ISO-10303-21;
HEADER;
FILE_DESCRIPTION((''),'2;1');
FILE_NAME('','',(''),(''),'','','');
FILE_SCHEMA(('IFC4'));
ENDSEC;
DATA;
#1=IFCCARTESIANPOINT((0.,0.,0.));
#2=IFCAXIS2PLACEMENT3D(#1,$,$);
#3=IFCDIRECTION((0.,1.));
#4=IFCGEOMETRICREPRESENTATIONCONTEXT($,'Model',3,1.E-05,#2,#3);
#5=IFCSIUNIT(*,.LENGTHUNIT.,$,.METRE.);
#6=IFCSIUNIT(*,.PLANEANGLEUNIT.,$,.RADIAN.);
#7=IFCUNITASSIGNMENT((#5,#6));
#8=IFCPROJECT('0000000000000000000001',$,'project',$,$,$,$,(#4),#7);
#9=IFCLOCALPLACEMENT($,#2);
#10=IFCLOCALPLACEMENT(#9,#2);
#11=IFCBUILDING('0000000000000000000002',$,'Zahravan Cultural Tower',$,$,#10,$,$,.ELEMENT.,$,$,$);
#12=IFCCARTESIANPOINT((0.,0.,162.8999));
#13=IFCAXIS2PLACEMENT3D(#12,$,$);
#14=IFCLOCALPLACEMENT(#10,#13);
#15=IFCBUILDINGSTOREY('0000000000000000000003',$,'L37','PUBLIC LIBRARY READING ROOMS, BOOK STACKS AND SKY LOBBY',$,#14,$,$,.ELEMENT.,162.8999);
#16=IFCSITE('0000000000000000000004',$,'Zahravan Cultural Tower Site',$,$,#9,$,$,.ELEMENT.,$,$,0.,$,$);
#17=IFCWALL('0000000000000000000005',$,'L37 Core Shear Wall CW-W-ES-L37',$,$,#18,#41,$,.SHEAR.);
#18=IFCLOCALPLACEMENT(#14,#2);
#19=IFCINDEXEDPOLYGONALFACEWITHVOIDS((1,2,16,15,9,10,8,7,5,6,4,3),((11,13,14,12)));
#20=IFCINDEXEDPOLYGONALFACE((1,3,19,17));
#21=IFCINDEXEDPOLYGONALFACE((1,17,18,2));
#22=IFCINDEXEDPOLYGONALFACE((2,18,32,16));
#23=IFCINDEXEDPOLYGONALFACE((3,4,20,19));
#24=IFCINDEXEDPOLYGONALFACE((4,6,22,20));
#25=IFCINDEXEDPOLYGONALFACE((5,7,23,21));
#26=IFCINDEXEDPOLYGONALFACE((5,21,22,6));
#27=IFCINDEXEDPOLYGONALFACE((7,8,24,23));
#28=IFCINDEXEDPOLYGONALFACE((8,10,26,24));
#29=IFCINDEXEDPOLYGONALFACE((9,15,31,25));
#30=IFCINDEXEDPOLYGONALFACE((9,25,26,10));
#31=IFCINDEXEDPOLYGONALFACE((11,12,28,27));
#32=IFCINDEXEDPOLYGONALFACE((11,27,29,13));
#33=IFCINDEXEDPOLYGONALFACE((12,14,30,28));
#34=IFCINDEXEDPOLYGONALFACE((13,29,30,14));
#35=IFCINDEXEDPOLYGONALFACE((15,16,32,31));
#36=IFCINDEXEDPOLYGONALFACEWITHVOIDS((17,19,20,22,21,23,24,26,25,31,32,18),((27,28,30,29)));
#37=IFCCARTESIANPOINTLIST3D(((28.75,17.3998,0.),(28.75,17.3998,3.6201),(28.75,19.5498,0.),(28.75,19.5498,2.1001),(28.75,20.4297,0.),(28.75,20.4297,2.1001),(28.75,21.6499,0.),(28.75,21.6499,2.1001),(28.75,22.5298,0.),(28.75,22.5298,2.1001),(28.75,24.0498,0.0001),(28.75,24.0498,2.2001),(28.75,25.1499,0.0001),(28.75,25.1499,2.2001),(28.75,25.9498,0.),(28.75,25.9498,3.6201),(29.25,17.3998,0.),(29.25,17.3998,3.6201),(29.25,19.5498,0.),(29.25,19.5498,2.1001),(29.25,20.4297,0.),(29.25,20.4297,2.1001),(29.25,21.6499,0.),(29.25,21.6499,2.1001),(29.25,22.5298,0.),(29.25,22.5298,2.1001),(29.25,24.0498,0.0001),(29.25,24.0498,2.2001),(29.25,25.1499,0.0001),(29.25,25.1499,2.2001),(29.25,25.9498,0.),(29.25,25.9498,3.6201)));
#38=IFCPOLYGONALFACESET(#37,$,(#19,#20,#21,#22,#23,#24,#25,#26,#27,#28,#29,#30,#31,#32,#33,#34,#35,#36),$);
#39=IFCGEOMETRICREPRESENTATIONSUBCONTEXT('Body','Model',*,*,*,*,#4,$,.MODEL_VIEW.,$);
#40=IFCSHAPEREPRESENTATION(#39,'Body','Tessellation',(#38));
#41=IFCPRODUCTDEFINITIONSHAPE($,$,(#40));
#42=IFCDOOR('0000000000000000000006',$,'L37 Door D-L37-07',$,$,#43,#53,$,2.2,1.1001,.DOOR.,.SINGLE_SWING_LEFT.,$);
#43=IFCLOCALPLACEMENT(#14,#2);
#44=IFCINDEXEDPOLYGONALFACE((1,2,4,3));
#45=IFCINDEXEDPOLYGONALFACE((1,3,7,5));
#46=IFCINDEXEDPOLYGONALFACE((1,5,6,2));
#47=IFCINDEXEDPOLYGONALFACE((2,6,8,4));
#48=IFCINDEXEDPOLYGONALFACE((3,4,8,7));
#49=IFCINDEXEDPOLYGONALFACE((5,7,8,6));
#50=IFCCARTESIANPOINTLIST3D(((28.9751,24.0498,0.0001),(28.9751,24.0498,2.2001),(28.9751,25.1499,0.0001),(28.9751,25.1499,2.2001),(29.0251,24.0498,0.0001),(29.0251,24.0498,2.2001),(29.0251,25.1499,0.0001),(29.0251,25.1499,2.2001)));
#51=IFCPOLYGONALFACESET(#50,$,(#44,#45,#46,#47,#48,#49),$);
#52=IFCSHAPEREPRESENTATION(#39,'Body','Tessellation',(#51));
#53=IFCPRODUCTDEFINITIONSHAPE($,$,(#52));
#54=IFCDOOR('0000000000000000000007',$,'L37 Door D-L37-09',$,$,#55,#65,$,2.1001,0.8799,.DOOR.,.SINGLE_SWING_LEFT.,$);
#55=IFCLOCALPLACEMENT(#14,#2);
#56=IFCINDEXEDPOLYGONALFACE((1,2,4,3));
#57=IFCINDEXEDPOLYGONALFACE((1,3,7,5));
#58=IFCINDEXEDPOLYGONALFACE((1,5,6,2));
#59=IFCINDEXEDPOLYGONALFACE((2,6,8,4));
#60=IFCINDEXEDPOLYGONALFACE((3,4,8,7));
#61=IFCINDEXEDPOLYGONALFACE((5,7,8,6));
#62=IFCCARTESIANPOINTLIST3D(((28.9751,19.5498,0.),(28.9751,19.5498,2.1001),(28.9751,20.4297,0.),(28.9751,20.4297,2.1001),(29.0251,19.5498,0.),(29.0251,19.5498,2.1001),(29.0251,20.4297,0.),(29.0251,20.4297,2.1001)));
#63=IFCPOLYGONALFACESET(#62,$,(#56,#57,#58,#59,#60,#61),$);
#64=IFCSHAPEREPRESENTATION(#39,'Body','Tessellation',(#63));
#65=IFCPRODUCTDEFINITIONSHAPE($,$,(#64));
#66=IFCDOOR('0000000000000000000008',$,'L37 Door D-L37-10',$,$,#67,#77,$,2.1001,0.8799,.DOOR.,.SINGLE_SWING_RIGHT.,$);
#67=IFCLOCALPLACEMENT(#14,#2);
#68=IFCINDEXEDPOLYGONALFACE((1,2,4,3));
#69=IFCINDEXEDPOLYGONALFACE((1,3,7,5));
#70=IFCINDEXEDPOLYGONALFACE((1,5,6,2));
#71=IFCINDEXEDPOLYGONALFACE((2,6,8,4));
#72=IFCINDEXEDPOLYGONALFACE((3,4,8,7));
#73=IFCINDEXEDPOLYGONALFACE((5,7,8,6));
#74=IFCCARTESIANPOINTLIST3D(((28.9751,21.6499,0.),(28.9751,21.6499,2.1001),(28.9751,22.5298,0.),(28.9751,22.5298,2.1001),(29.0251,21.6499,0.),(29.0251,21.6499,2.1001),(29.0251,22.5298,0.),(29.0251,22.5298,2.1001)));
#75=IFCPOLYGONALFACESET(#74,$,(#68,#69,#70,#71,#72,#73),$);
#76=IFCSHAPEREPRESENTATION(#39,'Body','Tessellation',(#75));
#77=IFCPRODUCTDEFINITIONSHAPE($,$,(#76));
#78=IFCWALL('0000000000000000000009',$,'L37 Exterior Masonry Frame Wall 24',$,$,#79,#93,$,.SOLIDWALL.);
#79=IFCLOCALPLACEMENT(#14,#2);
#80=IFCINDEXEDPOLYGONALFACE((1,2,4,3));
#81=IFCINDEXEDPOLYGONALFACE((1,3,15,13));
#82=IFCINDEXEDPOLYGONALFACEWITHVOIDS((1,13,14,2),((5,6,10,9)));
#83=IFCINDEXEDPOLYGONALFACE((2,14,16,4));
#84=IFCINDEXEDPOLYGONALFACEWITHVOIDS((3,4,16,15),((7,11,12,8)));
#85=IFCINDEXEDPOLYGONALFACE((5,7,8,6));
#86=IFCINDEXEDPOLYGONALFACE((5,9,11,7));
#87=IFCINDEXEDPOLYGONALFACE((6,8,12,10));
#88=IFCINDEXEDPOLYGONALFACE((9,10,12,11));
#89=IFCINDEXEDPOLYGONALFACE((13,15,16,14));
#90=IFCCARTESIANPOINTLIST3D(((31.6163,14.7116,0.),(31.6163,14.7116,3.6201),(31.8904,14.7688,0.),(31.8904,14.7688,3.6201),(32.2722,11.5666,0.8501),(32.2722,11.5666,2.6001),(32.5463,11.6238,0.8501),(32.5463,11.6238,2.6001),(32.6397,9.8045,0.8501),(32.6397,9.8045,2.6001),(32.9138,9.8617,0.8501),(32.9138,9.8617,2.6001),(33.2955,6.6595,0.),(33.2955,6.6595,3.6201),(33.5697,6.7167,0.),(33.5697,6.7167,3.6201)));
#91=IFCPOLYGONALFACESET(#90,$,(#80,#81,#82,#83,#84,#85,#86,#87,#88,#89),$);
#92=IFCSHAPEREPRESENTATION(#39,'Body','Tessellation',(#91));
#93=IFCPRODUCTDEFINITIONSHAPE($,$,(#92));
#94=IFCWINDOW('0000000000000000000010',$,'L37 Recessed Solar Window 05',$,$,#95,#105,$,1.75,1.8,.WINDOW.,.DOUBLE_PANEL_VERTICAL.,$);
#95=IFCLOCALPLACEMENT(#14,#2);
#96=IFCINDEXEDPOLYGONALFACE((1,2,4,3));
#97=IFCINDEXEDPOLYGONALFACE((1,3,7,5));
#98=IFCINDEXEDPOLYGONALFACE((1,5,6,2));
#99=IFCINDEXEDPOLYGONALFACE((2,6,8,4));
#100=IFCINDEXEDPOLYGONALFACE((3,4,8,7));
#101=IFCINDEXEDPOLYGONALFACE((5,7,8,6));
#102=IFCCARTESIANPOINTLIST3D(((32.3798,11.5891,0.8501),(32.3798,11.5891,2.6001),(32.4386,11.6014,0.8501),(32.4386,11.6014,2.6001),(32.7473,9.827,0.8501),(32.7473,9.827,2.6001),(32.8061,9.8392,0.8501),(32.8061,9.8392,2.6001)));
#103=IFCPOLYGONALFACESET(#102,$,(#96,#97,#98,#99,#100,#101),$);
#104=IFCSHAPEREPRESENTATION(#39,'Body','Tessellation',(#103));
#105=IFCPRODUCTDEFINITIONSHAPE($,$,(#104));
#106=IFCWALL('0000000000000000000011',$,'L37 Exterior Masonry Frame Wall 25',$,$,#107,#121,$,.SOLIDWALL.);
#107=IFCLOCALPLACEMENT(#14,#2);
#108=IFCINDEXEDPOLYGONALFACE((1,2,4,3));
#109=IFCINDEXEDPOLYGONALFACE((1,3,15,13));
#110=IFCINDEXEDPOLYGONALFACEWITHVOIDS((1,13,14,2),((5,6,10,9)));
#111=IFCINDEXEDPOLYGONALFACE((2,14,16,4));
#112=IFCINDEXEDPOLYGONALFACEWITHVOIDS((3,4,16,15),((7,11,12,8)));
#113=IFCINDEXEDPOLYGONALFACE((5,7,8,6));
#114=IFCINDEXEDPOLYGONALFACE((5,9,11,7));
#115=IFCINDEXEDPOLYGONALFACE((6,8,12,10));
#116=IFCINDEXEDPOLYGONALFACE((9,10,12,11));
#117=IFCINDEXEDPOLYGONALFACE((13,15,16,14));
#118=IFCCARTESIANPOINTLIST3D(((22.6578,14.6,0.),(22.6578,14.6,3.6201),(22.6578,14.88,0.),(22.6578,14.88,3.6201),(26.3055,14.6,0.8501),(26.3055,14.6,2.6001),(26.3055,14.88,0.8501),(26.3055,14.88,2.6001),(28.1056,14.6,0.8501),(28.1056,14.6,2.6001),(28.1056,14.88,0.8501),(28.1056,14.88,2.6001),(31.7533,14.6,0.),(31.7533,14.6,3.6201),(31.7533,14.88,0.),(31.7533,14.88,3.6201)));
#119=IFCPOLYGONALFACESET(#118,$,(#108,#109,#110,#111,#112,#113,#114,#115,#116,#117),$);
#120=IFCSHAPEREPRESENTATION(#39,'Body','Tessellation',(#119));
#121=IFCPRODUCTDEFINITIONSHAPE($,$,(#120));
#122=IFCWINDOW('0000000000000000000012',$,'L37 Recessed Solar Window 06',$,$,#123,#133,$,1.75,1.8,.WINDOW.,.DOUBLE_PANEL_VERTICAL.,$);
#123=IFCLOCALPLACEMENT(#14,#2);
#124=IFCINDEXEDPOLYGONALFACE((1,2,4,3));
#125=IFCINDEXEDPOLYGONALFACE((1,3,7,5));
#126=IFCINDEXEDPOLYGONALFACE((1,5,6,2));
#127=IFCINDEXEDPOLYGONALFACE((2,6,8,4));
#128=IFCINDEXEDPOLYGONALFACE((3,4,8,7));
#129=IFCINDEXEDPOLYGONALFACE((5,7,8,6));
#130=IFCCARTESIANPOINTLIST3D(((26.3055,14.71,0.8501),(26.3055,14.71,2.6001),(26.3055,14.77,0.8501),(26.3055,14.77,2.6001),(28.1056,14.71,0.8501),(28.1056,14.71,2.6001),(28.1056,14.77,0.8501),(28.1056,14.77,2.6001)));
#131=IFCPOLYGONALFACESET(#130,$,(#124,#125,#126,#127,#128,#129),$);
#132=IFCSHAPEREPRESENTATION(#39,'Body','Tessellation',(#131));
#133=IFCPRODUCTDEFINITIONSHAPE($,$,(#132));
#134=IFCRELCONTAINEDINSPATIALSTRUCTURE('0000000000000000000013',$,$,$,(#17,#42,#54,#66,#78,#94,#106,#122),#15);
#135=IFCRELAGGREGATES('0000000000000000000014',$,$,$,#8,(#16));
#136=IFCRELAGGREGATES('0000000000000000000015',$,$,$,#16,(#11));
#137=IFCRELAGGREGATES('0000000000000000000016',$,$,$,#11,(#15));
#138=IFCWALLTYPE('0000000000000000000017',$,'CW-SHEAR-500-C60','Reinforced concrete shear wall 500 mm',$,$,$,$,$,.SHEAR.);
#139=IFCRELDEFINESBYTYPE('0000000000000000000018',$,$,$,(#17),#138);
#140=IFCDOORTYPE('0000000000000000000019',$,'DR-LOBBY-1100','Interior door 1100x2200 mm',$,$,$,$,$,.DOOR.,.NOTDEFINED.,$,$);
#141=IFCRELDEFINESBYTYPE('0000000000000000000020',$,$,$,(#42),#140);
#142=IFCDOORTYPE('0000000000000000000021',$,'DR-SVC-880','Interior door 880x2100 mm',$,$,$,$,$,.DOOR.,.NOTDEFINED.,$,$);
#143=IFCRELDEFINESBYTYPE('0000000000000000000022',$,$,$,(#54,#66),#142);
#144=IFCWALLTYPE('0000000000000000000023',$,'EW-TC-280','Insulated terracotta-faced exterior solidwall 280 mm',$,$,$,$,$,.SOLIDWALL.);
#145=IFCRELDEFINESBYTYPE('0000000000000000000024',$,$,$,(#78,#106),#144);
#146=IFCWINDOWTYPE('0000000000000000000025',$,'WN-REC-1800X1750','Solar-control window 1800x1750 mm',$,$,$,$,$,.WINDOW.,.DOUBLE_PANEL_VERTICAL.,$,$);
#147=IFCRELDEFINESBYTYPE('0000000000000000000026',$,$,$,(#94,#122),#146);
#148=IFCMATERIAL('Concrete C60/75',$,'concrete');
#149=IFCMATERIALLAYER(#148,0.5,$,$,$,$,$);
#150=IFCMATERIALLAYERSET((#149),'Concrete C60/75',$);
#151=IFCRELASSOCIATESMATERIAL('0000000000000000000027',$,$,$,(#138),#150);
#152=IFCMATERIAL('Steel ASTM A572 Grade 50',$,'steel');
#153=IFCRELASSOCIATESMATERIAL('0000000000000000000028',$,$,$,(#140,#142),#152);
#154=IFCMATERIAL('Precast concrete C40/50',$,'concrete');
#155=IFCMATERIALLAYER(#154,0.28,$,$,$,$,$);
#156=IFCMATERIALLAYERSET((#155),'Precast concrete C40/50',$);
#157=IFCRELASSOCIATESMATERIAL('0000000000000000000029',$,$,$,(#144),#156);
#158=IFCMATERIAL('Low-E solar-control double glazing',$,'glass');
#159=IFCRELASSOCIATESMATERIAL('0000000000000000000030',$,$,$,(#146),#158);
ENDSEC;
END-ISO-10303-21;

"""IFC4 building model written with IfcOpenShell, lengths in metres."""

from ifc_helpers import new_model, si_unit, direction, frame, frame_2d, origin, place, context, subcontext, project, spatial, rectangle, extrude, source, transform, mapped, material, layer, layer_set, type_object, element, fill, save


model = new_model("IFC4")

# Units and contexts
model_context = context("Model", 3, precision=1e-05, world=origin(), true_north=direction((0.0, 1.0)))
body_context = subcontext(model_context, "Body", "Model", "MODEL_VIEW")
ifc_project = project(units=[si_unit("LENGTHUNIT", "METRE"), si_unit("PLANEANGLEUNIT", "RADIAN")], contexts=[model_context])

# Site, building, storey
site_placement = place(None, origin())
site = spatial("IfcSite", under=ifc_project, at=site_placement, Name="Zahravan Cultural Tower Site", CompositionType="ELEMENT", RefElevation=0.0)
building_placement = place(site_placement, origin())
building = spatial("IfcBuilding", under=site, at=building_placement, Name="Zahravan Cultural Tower", CompositionType="ELEMENT")
storey_placement = place(building_placement, frame((0.0, 0.0, 162.8999)))
storey = spatial("IfcBuildingStorey", under=building, at=storey_placement, Name="L37", Description="PUBLIC LIBRARY READING ROOMS, BOOK STACKS AND SKY LOBBY", CompositionType="ELEMENT", Elevation=162.8999)

# Wall, openings, doors
ifc_material_1 = material(Name="Concrete C60/75", Category="concrete")
ifc_layer_1 = layer(ifc_material_1, 0.5)
ifc_layer_set_1 = layer_set([ifc_layer_1], Name="Concrete C60/75")
wall_type_1 = type_object("IfcWallType", Name="CW-SHEAR-500-C60", Description="Reinforced concrete shear wall 500 mm", PredefinedType="SHEAR", material=ifc_layer_set_1)
wall_1_placement = place(storey_placement, frame((29.0, 17.3999, 0.0), z_axis=(0.0, 0.0, 1.0), x_axis=(0.0, 1.0, 0.0)))
wall_1 = element("IfcWall", 1, at=wall_1_placement, inside=storey, type_object=wall_type_1, Name="L37 Core Shear Wall CW-W-ES-L37", PredefinedType="SHEAR", context=body_context, shape_type="SweptSolid", body=[
    extrude(rectangle(XDim=8.55, YDim=0.5, at=frame_2d((4.2749, 0.0))), origin(), (0.0, 0.0, 1.0), 3.6201),
])
opening_1_placement = place(wall_1_placement, frame((6.6499, 0.0, 0.0)))
opening_1 = element("IfcOpeningElement", 2, at=opening_1_placement, cuts=wall_1, PredefinedType="OPENING", context=body_context, shape_type="SweptSolid", body=[
    extrude(rectangle(XDim=1.1001, YDim=2.2, at=frame_2d((0.55, 1.1001))), frame((0.0, 0.26, 0.0), z_axis=(0.0, -1.0, 0.0), x_axis=(1.0, 0.0, 0.0)), (0.0, 0.0, 1.0), 0.52),
])
opening_2_placement = place(wall_1_placement, frame((2.1499, 0.0, 0.0)))
opening_2 = element("IfcOpeningElement", 3, at=opening_2_placement, cuts=wall_1, PredefinedType="OPENING", context=body_context, shape_type="SweptSolid", body=[
    extrude(rectangle(XDim=0.8799, YDim=2.1001, at=frame_2d((0.4399, 1.05))), frame((0.0, 0.26, 0.0), z_axis=(0.0, -1.0, 0.0), x_axis=(1.0, 0.0, 0.0)), (0.0, 0.0, 1.0), 0.52),
])
opening_3_placement = place(wall_1_placement, frame((4.25, 0.0, 0.0)))
opening_3 = element("IfcOpeningElement", 4, at=opening_3_placement, cuts=wall_1, PredefinedType="OPENING", context=body_context, shape_type="SweptSolid", body=[
    extrude(rectangle(XDim=0.8799, YDim=2.1001, at=frame_2d((0.4399, 1.05))), frame((0.0, 0.26, 0.0), z_axis=(0.0, -1.0, 0.0), x_axis=(1.0, 0.0, 0.0)), (0.0, 0.0, 1.0), 0.52),
])
ifc_material_2 = material(Name="Steel ASTM A572 Grade 50", Category="steel")
door_type_1 = type_object("IfcDoorType", Name="DR-LOBBY-1100", Description="Interior door 1100x2200 mm", OperationType="NOTDEFINED", PredefinedType="DOOR", material=ifc_material_2)
shared_shape_1 = source(origin(), body_context, "Body", "SweptSolid", [
    extrude(rectangle(XDim=1.1001, YDim=2.2, at=frame_2d((0.55, 1.1001))), frame((0.0, 0.0249, 0.0), z_axis=(0.0, -1.0, 0.0), x_axis=(1.0, 0.0, 0.0)), (0.0, 0.0, 1.0), 0.05),
])
door_1_placement = place(opening_1_placement, origin())
door_1 = element("IfcDoor", 5, at=door_1_placement, inside=storey, type_object=door_type_1, Name="L37 Door D-L37-07", OperationType="SINGLE_SWING_LEFT", OverallHeight=2.2, OverallWidth=1.1001, PredefinedType="DOOR", context=body_context, shape_type="MappedRepresentation", body=[
    mapped(shared_shape_1, transform((0.0, 0.0, 0.0), x_axis=(1.0, 0.0, 0.0), y_axis=(0.0, 1.0, 0.0), z_axis=(0.0, 0.0, 1.0), scale=1.0)),
])
fill(opening_1, door_1)
door_type_2 = type_object("IfcDoorType", Name="DR-SVC-880", Description="Interior door 880x2100 mm", OperationType="NOTDEFINED", PredefinedType="DOOR", material=ifc_material_2)
shared_shape_2 = source(origin(), body_context, "Body", "SweptSolid", [
    extrude(rectangle(XDim=0.8799, YDim=2.1001, at=frame_2d((0.4399, 1.05))), frame((0.0, 0.0249, 0.0), z_axis=(0.0, -1.0, 0.0), x_axis=(1.0, 0.0, 0.0)), (0.0, 0.0, 1.0), 0.05),
])
door_2_placement = place(opening_2_placement, origin())
door_2 = element("IfcDoor", 6, at=door_2_placement, inside=storey, type_object=door_type_2, Name="L37 Door D-L37-09", OperationType="SINGLE_SWING_LEFT", OverallHeight=2.1001, OverallWidth=0.8799, PredefinedType="DOOR", context=body_context, shape_type="MappedRepresentation", body=[
    mapped(shared_shape_2, transform((0.0, 0.0, 0.0), x_axis=(1.0, 0.0, 0.0), y_axis=(0.0, 1.0, 0.0), z_axis=(0.0, 0.0, 1.0), scale=1.0)),
])
fill(opening_2, door_2)
door_3_placement = place(opening_3_placement, origin())
door_3 = element("IfcDoor", 7, at=door_3_placement, inside=storey, type_object=door_type_2, Name="L37 Door D-L37-10", OperationType="SINGLE_SWING_RIGHT", OverallHeight=2.1001, OverallWidth=0.8799, PredefinedType="DOOR", context=body_context, shape_type="MappedRepresentation", body=[
    mapped(shared_shape_2, transform((0.0, 0.0, 0.0), x_axis=(1.0, 0.0, 0.0), y_axis=(0.0, 1.0, 0.0), z_axis=(0.0, 0.0, 1.0), scale=1.0)),
])
fill(opening_3, door_3)

# Walls, openings, windows
ifc_material_3 = material(Name="Precast concrete C40/50", Category="concrete")
ifc_layer_2 = layer(ifc_material_3, 0.28)
ifc_layer_set_2 = layer_set([ifc_layer_2], Name="Precast concrete C40/50")
wall_type_2 = type_object("IfcWallType", Name="EW-TC-280", Description="Insulated terracotta-faced exterior solidwall 280 mm", PredefinedType="SOLIDWALL", material=ifc_layer_set_2)
wall_2_placement = place(storey_placement, frame((33.4326, 6.688, 0.0), z_axis=(0.0, 0.0, 1.0), x_axis=(-0.204152, 0.978939, 0.0)))
wall_2 = element("IfcWall", 8, at=wall_2_placement, inside=storey, type_object=wall_type_2, Name="L37 Exterior Masonry Frame Wall 24", PredefinedType="SOLIDWALL", context=body_context, shape_type="SweptSolid", body=[
    extrude(rectangle(XDim=8.2253, YDim=0.28, at=frame_2d((4.1128, 0.0))), origin(), (0.0, 0.0, 1.0), 3.6201),
])
opening_4_placement = place(wall_2_placement, frame((3.2129, 0.0, 0.8501)))
opening_4 = element("IfcOpeningElement", 9, at=opening_4_placement, cuts=wall_2, PredefinedType="OPENING", context=body_context, shape_type="SweptSolid", body=[
    extrude(rectangle(XDim=1.8, YDim=1.75, at=frame_2d((0.8999, 0.875))), frame((0.0, 0.1499, 0.0), z_axis=(0.0, -1.0, 0.0), x_axis=(1.0, 0.0, 0.0)), (0.0, 0.0, 1.0), 0.3),
])
ifc_material_4 = material(Name="Low-E solar-control double glazing", Category="glass")
window_type = type_object("IfcWindowType", Name="WN-REC-1800X1750", Description="Solar-control window 1800x1750 mm", PartitioningType="DOUBLE_PANEL_VERTICAL", PredefinedType="WINDOW", material=ifc_material_4)
shared_shape_3 = source(origin(), body_context, "Body", "SweptSolid", [
    extrude(rectangle(XDim=1.8, YDim=1.75, at=frame_2d((0.8999, 0.875))), frame((0.0, 0.03, 0.0), z_axis=(0.0, -1.0, 0.0), x_axis=(1.0, 0.0, 0.0)), (0.0, 0.0, 1.0), 0.0601),
])
window_1_placement = place(opening_4_placement, origin())
window_1 = element("IfcWindow", 10, at=window_1_placement, inside=storey, type_object=window_type, Name="L37 Recessed Solar Window 05", OverallHeight=1.75, OverallWidth=1.8, PartitioningType="DOUBLE_PANEL_VERTICAL", PredefinedType="WINDOW", context=body_context, shape_type="MappedRepresentation", body=[
    mapped(shared_shape_3, transform((0.0, 0.0, 0.0), x_axis=(1.0, 0.0, 0.0), y_axis=(0.0, 1.0, 0.0), z_axis=(0.0, 0.0, 1.0), scale=1.0)),
])
fill(opening_4, window_1)
wall_3_placement = place(storey_placement, frame((31.7534, 14.74, 0.0), z_axis=(0.0, 0.0, 1.0), x_axis=(-1.0, 0.0, 0.0)))
wall_3 = element("IfcWall", 11, at=wall_3_placement, inside=storey, type_object=wall_type_2, Name="L37 Exterior Masonry Frame Wall 25", PredefinedType="SOLIDWALL", context=body_context, shape_type="SweptSolid", body=[
    extrude(rectangle(XDim=9.0955, YDim=0.28, at=frame_2d((4.5479, 0.0))), origin(), (0.0, 0.0, 1.0), 3.6201),
])
opening_5_placement = place(wall_3_placement, frame((3.6479, 0.0, 0.8501)))
opening_5 = element("IfcOpeningElement", 12, at=opening_5_placement, cuts=wall_3, PredefinedType="OPENING", context=body_context, shape_type="SweptSolid", body=[
    extrude(rectangle(XDim=1.8, YDim=1.75, at=frame_2d((0.8999, 0.875))), frame((0.0, 0.1499, 0.0), z_axis=(0.0, -1.0, 0.0), x_axis=(1.0, 0.0, 0.0)), (0.0, 0.0, 1.0), 0.3),
])
window_2_placement = place(opening_5_placement, origin())
window_2 = element("IfcWindow", 13, at=window_2_placement, inside=storey, type_object=window_type, Name="L37 Recessed Solar Window 06", OverallHeight=1.75, OverallWidth=1.8, PartitioningType="DOUBLE_PANEL_VERTICAL", PredefinedType="WINDOW", context=body_context, shape_type="MappedRepresentation", body=[
    mapped(shared_shape_3, transform((0.0, 0.0, 0.0), x_axis=(1.0, 0.0, 0.0), y_axis=(0.0, 1.0, 0.0), z_axis=(0.0, 0.0, 1.0), scale=1.0)),
])
fill(opening_5, window_2)

save(model, "model.ifc")
